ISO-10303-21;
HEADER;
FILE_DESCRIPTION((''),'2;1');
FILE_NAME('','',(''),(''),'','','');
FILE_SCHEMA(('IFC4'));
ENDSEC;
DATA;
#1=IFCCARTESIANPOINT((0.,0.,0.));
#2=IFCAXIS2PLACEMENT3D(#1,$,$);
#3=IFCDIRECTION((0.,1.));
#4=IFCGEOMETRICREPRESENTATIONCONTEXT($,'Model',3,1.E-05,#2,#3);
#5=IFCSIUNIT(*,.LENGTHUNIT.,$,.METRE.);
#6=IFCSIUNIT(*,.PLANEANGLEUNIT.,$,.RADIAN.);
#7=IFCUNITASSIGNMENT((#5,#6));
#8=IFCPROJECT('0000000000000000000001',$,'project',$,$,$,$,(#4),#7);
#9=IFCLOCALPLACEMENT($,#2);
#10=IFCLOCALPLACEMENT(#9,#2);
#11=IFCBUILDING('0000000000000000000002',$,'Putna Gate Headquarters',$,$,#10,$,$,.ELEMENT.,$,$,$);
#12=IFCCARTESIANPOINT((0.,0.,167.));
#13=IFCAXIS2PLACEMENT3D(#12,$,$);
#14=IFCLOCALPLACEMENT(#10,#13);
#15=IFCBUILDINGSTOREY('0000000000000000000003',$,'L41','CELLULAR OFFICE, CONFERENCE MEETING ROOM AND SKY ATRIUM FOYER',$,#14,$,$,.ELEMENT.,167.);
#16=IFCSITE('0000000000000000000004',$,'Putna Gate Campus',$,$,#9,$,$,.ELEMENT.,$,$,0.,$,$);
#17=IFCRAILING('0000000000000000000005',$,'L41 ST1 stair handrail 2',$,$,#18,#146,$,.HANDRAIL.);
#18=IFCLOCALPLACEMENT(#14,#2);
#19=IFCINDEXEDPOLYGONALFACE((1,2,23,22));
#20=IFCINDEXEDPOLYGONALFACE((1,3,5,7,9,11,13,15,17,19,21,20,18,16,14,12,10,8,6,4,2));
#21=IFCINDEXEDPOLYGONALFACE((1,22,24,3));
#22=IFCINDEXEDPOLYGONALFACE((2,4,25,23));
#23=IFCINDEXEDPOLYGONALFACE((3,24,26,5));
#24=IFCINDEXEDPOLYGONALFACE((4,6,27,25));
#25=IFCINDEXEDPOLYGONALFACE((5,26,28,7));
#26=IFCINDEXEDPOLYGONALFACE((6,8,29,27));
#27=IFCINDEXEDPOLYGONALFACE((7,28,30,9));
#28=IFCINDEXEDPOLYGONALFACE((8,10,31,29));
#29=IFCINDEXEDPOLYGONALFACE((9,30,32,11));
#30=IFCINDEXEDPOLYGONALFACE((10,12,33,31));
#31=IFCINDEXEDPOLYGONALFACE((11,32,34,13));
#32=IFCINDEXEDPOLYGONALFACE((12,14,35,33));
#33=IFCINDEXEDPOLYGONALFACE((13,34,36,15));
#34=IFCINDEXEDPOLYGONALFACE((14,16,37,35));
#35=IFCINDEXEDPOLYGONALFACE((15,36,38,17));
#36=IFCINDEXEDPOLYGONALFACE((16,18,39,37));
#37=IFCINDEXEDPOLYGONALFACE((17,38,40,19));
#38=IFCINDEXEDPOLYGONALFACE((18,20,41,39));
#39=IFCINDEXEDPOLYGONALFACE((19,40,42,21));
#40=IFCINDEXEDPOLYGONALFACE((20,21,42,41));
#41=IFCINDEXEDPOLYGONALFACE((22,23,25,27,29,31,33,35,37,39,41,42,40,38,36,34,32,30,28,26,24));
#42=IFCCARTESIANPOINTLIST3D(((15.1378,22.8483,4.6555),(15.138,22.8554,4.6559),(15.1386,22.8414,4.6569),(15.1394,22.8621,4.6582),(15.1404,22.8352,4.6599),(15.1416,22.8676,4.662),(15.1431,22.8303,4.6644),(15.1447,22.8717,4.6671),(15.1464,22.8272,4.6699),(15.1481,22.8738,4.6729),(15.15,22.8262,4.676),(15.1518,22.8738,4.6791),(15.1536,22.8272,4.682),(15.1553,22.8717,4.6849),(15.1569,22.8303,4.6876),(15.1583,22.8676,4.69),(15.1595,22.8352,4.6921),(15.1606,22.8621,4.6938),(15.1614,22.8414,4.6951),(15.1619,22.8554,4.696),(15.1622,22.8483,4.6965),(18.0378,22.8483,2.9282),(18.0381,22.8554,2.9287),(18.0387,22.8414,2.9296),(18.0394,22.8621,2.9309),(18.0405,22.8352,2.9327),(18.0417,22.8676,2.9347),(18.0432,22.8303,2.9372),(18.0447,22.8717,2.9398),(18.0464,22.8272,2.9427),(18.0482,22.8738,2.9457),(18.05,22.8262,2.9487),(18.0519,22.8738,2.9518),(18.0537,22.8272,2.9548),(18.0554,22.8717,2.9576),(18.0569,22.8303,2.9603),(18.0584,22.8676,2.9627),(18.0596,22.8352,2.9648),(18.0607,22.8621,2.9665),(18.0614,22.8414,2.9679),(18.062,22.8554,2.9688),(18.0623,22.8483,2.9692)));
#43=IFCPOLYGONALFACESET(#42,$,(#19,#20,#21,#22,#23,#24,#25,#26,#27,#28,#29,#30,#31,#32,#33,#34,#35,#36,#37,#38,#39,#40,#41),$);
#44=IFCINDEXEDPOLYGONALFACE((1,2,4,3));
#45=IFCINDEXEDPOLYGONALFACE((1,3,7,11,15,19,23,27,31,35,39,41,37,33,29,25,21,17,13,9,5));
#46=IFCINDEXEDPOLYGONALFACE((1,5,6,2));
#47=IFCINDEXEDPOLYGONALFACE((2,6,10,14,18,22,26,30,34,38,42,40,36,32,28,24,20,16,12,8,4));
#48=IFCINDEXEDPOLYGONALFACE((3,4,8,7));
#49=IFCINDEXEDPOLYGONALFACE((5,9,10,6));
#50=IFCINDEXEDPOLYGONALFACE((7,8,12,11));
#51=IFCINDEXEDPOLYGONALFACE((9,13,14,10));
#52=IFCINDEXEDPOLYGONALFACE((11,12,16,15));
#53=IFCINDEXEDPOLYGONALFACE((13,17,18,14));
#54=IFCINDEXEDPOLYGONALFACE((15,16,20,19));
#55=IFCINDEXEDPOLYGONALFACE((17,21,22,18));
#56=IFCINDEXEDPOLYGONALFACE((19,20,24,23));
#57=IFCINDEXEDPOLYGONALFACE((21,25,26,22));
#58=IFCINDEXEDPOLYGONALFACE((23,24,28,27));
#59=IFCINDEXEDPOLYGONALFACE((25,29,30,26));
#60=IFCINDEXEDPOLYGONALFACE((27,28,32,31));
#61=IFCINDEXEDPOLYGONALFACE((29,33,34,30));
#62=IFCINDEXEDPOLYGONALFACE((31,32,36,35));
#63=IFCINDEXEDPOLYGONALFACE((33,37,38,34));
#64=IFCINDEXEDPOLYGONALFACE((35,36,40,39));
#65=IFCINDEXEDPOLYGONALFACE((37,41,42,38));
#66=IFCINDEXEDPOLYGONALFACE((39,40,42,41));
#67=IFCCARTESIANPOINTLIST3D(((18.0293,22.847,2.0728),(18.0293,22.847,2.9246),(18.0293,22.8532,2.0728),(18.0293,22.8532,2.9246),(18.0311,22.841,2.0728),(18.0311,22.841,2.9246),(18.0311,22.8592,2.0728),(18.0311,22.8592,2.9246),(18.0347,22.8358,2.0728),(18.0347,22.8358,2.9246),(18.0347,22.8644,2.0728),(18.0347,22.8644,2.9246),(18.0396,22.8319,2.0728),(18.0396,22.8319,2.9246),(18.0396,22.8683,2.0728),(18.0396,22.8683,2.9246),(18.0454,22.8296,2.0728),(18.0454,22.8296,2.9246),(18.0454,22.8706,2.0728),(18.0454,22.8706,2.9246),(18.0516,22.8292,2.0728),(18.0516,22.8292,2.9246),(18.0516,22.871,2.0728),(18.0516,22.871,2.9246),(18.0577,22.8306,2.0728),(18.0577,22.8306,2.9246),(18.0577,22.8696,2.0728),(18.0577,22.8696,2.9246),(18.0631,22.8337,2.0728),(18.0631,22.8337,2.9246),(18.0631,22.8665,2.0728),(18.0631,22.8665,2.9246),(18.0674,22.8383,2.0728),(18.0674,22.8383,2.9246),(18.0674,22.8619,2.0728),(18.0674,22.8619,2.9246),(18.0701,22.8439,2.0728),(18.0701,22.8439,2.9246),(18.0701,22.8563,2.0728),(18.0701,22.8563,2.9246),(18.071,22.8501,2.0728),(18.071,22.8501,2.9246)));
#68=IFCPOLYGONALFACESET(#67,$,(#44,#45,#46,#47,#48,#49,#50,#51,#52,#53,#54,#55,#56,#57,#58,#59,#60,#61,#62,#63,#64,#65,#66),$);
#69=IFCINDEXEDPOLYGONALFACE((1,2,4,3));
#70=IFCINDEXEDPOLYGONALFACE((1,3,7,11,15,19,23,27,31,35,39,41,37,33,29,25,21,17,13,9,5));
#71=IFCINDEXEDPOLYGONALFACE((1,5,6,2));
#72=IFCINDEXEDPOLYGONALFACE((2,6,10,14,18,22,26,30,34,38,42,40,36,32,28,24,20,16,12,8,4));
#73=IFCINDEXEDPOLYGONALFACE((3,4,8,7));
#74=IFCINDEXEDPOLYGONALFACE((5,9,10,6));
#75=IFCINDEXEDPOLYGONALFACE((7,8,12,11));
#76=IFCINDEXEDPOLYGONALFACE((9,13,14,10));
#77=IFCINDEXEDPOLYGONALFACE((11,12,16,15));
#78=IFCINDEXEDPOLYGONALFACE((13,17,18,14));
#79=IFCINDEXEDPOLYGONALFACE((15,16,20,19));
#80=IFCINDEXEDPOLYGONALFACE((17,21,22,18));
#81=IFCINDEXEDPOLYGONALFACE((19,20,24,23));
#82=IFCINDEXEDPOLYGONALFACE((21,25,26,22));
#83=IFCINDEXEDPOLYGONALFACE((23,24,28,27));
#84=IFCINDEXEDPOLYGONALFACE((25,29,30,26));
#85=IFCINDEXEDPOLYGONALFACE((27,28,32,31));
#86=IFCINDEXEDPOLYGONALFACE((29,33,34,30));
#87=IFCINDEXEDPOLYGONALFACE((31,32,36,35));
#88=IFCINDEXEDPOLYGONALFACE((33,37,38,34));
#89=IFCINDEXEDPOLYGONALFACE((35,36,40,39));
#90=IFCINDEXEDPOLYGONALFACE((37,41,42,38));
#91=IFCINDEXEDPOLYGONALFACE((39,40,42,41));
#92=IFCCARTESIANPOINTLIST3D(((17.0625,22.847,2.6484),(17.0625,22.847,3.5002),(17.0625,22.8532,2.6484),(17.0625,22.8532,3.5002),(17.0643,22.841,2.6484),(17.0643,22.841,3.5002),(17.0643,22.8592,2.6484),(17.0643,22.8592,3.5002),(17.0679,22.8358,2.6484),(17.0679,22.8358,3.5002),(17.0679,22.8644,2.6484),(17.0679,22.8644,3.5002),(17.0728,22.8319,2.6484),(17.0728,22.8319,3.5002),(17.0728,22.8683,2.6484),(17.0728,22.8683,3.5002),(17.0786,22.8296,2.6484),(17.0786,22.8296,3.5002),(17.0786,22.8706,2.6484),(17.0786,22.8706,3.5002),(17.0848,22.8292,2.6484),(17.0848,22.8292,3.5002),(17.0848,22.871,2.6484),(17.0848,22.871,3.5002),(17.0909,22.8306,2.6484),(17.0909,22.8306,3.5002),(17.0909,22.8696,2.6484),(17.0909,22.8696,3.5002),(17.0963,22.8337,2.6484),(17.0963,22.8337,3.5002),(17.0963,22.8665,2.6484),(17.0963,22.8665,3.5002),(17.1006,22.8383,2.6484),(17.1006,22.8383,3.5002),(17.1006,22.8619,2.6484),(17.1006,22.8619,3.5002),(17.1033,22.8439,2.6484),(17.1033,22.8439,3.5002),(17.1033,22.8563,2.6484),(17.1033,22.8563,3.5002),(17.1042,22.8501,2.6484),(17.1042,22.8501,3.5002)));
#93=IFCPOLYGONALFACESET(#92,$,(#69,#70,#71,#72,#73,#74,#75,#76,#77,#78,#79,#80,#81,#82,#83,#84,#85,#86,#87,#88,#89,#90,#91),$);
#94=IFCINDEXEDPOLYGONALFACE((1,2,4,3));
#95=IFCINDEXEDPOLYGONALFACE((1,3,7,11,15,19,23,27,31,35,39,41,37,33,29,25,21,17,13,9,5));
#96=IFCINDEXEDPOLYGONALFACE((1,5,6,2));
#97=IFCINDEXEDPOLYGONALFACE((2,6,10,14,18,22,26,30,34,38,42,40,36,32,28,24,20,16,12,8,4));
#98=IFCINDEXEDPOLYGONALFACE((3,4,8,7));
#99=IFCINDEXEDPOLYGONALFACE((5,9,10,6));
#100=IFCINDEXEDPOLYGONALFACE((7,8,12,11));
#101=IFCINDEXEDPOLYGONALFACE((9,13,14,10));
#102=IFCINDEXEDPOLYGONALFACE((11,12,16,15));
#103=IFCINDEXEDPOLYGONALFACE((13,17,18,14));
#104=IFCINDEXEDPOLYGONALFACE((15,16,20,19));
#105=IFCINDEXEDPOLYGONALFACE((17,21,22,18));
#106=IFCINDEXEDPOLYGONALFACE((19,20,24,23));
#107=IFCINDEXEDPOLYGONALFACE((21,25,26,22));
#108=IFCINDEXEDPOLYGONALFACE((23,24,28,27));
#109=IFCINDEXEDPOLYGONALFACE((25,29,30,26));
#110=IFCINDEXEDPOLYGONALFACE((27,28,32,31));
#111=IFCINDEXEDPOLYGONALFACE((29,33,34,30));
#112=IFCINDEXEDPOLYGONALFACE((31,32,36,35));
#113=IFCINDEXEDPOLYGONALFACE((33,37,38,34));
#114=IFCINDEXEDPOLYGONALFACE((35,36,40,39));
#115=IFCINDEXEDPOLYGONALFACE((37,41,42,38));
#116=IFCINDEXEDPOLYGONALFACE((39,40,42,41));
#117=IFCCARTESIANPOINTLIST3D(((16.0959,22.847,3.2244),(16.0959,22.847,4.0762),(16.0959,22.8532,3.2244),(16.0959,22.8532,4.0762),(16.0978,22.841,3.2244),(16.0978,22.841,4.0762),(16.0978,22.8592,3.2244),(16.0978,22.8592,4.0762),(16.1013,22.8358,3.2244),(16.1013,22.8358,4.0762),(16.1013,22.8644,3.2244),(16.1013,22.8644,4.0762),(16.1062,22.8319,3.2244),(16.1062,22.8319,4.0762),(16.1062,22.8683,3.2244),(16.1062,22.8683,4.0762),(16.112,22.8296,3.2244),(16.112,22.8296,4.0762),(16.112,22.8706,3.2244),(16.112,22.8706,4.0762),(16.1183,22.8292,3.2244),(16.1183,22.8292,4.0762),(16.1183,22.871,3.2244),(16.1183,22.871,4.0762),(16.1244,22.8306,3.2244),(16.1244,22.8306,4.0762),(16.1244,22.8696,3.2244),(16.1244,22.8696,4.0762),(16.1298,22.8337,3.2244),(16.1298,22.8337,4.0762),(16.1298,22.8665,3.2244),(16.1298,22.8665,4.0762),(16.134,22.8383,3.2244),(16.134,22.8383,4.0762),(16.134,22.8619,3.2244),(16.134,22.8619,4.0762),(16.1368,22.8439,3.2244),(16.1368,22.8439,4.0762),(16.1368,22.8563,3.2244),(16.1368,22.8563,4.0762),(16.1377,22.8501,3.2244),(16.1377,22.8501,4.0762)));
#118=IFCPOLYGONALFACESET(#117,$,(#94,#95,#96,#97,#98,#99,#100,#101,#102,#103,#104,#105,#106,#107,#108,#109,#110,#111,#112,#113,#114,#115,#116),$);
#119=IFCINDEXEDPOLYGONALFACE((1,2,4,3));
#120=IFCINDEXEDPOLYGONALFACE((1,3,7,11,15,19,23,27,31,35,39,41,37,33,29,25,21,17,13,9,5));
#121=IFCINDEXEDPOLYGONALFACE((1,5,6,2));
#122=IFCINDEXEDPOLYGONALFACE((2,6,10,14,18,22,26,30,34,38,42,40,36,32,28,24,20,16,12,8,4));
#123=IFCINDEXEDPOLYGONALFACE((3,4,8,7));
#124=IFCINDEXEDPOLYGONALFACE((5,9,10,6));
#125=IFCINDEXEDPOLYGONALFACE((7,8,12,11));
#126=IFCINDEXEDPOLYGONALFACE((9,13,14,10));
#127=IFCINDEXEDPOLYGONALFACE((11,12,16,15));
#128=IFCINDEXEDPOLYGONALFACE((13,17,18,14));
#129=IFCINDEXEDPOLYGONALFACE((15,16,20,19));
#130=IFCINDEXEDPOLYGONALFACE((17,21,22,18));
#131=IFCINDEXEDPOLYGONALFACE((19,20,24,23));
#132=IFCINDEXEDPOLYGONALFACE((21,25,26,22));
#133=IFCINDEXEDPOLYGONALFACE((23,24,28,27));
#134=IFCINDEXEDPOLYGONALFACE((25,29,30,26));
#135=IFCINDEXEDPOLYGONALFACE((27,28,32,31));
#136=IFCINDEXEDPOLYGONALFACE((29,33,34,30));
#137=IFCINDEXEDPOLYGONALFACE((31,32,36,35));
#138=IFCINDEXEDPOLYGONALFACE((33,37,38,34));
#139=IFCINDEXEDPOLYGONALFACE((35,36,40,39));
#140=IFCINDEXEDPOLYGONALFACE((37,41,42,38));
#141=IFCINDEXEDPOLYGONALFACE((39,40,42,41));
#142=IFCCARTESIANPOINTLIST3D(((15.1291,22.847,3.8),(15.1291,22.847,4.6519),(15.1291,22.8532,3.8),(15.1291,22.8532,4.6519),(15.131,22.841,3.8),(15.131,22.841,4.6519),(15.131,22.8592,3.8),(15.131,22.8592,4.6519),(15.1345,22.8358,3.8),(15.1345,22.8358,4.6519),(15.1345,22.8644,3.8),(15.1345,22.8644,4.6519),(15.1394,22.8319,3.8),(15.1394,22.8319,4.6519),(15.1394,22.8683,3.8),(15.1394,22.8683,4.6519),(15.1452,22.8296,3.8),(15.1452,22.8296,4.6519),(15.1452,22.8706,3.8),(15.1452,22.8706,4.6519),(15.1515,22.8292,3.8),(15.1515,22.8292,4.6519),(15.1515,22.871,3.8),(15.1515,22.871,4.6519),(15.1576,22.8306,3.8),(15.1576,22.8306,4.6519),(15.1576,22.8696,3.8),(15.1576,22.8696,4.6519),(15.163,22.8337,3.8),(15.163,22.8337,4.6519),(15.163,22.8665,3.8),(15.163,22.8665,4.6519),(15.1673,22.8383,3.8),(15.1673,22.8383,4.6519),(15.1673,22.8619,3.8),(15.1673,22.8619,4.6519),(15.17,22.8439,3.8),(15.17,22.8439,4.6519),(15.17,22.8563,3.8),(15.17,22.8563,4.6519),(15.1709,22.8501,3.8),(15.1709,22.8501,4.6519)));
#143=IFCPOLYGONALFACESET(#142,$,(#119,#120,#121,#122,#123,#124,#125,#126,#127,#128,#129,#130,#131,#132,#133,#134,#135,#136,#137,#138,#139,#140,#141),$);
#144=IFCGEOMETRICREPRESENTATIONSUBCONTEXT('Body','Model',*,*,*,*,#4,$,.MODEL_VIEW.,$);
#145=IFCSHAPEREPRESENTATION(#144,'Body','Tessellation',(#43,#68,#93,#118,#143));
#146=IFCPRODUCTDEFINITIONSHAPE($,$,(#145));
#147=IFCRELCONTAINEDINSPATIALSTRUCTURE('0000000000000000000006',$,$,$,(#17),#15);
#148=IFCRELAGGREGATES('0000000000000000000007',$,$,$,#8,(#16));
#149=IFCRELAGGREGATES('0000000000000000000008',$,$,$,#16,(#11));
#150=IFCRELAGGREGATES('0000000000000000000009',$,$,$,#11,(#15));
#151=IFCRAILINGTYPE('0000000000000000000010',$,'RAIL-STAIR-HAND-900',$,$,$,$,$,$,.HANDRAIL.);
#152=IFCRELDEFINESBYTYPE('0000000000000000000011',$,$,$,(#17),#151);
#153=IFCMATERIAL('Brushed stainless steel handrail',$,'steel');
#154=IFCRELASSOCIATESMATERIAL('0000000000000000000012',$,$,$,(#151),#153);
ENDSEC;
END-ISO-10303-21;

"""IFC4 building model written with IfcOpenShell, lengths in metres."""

from ifc_helpers import new_model, si_unit, direction, frame, origin, origin_2d, place, context, subcontext, project, spatial, circle, extrude, material, type_object, element, save


model = new_model("IFC4")

# Units and contexts
model_context = context("Model", 3, precision=1e-05, world=origin(), true_north=direction((0.0, 1.0)))
body_context = subcontext(model_context, "Body", "Model", "MODEL_VIEW")
ifc_project = project(units=[si_unit("LENGTHUNIT", "METRE"), si_unit("PLANEANGLEUNIT", "RADIAN")], contexts=[model_context])

# Site, building, storey
site_placement = place(None, origin())
site = spatial("IfcSite", under=ifc_project, at=site_placement, Name="Putna Gate Campus", CompositionType="ELEMENT", RefElevation=0.0)
building_placement = place(site_placement, origin())
building = spatial("IfcBuilding", under=site, at=building_placement, Name="Putna Gate Headquarters", CompositionType="ELEMENT")
storey_placement = place(building_placement, frame((0.0, 0.0, 167.0)))
storey = spatial("IfcBuildingStorey", under=building, at=storey_placement, Name="L41", Description="CELLULAR OFFICE, CONFERENCE MEETING ROOM AND SKY ATRIUM FOYER", CompositionType="ELEMENT", Elevation=167.0)

# Railing
ifc_material_1 = material(Name="Brushed stainless steel handrail", Category="steel")
railing_type_1 = type_object("IfcRailingType", Name="RAIL-STAIR-HAND-900", PredefinedType="HANDRAIL", material=ifc_material_1)
railing_1_placement = place(storey_placement, frame((18.05, 22.8501, 2.0728)))
element("IfcRailing", 1, at=railing_1_placement, inside=storey, type_object=railing_type_1, Name="L41 ST1 stair handrail 2", PredefinedType="HANDRAIL", context=body_context, shape_type="SweptSolid", body=[
    extrude(circle(Radius=0.0239, at=origin_2d()), frame((0.0, 0.0, 0.876), z_axis=(-0.85916, 0.0, 0.511706), x_axis=(0.0, -1.0, 0.0)), (0.0, 0.0, 1.0), 3.3755),
    extrude(circle(Radius=0.021, at=origin_2d()), origin(), (0.0, 0.0, 1.0), 0.8518),
    extrude(circle(Radius=0.021, at=origin_2d()), frame((-0.9668, 0.0, 0.5757)), (0.0, 0.0, 1.0), 0.8518),
    extrude(circle(Radius=0.021, at=origin_2d()), frame((-1.9333, 0.0, 1.1516)), (0.0, 0.0, 1.0), 0.8518),
    extrude(circle(Radius=0.021, at=origin_2d()), frame((-2.9001, 0.0, 1.7273)), (0.0, 0.0, 1.0), 0.8518),
])

save(model, "model.ifc")
